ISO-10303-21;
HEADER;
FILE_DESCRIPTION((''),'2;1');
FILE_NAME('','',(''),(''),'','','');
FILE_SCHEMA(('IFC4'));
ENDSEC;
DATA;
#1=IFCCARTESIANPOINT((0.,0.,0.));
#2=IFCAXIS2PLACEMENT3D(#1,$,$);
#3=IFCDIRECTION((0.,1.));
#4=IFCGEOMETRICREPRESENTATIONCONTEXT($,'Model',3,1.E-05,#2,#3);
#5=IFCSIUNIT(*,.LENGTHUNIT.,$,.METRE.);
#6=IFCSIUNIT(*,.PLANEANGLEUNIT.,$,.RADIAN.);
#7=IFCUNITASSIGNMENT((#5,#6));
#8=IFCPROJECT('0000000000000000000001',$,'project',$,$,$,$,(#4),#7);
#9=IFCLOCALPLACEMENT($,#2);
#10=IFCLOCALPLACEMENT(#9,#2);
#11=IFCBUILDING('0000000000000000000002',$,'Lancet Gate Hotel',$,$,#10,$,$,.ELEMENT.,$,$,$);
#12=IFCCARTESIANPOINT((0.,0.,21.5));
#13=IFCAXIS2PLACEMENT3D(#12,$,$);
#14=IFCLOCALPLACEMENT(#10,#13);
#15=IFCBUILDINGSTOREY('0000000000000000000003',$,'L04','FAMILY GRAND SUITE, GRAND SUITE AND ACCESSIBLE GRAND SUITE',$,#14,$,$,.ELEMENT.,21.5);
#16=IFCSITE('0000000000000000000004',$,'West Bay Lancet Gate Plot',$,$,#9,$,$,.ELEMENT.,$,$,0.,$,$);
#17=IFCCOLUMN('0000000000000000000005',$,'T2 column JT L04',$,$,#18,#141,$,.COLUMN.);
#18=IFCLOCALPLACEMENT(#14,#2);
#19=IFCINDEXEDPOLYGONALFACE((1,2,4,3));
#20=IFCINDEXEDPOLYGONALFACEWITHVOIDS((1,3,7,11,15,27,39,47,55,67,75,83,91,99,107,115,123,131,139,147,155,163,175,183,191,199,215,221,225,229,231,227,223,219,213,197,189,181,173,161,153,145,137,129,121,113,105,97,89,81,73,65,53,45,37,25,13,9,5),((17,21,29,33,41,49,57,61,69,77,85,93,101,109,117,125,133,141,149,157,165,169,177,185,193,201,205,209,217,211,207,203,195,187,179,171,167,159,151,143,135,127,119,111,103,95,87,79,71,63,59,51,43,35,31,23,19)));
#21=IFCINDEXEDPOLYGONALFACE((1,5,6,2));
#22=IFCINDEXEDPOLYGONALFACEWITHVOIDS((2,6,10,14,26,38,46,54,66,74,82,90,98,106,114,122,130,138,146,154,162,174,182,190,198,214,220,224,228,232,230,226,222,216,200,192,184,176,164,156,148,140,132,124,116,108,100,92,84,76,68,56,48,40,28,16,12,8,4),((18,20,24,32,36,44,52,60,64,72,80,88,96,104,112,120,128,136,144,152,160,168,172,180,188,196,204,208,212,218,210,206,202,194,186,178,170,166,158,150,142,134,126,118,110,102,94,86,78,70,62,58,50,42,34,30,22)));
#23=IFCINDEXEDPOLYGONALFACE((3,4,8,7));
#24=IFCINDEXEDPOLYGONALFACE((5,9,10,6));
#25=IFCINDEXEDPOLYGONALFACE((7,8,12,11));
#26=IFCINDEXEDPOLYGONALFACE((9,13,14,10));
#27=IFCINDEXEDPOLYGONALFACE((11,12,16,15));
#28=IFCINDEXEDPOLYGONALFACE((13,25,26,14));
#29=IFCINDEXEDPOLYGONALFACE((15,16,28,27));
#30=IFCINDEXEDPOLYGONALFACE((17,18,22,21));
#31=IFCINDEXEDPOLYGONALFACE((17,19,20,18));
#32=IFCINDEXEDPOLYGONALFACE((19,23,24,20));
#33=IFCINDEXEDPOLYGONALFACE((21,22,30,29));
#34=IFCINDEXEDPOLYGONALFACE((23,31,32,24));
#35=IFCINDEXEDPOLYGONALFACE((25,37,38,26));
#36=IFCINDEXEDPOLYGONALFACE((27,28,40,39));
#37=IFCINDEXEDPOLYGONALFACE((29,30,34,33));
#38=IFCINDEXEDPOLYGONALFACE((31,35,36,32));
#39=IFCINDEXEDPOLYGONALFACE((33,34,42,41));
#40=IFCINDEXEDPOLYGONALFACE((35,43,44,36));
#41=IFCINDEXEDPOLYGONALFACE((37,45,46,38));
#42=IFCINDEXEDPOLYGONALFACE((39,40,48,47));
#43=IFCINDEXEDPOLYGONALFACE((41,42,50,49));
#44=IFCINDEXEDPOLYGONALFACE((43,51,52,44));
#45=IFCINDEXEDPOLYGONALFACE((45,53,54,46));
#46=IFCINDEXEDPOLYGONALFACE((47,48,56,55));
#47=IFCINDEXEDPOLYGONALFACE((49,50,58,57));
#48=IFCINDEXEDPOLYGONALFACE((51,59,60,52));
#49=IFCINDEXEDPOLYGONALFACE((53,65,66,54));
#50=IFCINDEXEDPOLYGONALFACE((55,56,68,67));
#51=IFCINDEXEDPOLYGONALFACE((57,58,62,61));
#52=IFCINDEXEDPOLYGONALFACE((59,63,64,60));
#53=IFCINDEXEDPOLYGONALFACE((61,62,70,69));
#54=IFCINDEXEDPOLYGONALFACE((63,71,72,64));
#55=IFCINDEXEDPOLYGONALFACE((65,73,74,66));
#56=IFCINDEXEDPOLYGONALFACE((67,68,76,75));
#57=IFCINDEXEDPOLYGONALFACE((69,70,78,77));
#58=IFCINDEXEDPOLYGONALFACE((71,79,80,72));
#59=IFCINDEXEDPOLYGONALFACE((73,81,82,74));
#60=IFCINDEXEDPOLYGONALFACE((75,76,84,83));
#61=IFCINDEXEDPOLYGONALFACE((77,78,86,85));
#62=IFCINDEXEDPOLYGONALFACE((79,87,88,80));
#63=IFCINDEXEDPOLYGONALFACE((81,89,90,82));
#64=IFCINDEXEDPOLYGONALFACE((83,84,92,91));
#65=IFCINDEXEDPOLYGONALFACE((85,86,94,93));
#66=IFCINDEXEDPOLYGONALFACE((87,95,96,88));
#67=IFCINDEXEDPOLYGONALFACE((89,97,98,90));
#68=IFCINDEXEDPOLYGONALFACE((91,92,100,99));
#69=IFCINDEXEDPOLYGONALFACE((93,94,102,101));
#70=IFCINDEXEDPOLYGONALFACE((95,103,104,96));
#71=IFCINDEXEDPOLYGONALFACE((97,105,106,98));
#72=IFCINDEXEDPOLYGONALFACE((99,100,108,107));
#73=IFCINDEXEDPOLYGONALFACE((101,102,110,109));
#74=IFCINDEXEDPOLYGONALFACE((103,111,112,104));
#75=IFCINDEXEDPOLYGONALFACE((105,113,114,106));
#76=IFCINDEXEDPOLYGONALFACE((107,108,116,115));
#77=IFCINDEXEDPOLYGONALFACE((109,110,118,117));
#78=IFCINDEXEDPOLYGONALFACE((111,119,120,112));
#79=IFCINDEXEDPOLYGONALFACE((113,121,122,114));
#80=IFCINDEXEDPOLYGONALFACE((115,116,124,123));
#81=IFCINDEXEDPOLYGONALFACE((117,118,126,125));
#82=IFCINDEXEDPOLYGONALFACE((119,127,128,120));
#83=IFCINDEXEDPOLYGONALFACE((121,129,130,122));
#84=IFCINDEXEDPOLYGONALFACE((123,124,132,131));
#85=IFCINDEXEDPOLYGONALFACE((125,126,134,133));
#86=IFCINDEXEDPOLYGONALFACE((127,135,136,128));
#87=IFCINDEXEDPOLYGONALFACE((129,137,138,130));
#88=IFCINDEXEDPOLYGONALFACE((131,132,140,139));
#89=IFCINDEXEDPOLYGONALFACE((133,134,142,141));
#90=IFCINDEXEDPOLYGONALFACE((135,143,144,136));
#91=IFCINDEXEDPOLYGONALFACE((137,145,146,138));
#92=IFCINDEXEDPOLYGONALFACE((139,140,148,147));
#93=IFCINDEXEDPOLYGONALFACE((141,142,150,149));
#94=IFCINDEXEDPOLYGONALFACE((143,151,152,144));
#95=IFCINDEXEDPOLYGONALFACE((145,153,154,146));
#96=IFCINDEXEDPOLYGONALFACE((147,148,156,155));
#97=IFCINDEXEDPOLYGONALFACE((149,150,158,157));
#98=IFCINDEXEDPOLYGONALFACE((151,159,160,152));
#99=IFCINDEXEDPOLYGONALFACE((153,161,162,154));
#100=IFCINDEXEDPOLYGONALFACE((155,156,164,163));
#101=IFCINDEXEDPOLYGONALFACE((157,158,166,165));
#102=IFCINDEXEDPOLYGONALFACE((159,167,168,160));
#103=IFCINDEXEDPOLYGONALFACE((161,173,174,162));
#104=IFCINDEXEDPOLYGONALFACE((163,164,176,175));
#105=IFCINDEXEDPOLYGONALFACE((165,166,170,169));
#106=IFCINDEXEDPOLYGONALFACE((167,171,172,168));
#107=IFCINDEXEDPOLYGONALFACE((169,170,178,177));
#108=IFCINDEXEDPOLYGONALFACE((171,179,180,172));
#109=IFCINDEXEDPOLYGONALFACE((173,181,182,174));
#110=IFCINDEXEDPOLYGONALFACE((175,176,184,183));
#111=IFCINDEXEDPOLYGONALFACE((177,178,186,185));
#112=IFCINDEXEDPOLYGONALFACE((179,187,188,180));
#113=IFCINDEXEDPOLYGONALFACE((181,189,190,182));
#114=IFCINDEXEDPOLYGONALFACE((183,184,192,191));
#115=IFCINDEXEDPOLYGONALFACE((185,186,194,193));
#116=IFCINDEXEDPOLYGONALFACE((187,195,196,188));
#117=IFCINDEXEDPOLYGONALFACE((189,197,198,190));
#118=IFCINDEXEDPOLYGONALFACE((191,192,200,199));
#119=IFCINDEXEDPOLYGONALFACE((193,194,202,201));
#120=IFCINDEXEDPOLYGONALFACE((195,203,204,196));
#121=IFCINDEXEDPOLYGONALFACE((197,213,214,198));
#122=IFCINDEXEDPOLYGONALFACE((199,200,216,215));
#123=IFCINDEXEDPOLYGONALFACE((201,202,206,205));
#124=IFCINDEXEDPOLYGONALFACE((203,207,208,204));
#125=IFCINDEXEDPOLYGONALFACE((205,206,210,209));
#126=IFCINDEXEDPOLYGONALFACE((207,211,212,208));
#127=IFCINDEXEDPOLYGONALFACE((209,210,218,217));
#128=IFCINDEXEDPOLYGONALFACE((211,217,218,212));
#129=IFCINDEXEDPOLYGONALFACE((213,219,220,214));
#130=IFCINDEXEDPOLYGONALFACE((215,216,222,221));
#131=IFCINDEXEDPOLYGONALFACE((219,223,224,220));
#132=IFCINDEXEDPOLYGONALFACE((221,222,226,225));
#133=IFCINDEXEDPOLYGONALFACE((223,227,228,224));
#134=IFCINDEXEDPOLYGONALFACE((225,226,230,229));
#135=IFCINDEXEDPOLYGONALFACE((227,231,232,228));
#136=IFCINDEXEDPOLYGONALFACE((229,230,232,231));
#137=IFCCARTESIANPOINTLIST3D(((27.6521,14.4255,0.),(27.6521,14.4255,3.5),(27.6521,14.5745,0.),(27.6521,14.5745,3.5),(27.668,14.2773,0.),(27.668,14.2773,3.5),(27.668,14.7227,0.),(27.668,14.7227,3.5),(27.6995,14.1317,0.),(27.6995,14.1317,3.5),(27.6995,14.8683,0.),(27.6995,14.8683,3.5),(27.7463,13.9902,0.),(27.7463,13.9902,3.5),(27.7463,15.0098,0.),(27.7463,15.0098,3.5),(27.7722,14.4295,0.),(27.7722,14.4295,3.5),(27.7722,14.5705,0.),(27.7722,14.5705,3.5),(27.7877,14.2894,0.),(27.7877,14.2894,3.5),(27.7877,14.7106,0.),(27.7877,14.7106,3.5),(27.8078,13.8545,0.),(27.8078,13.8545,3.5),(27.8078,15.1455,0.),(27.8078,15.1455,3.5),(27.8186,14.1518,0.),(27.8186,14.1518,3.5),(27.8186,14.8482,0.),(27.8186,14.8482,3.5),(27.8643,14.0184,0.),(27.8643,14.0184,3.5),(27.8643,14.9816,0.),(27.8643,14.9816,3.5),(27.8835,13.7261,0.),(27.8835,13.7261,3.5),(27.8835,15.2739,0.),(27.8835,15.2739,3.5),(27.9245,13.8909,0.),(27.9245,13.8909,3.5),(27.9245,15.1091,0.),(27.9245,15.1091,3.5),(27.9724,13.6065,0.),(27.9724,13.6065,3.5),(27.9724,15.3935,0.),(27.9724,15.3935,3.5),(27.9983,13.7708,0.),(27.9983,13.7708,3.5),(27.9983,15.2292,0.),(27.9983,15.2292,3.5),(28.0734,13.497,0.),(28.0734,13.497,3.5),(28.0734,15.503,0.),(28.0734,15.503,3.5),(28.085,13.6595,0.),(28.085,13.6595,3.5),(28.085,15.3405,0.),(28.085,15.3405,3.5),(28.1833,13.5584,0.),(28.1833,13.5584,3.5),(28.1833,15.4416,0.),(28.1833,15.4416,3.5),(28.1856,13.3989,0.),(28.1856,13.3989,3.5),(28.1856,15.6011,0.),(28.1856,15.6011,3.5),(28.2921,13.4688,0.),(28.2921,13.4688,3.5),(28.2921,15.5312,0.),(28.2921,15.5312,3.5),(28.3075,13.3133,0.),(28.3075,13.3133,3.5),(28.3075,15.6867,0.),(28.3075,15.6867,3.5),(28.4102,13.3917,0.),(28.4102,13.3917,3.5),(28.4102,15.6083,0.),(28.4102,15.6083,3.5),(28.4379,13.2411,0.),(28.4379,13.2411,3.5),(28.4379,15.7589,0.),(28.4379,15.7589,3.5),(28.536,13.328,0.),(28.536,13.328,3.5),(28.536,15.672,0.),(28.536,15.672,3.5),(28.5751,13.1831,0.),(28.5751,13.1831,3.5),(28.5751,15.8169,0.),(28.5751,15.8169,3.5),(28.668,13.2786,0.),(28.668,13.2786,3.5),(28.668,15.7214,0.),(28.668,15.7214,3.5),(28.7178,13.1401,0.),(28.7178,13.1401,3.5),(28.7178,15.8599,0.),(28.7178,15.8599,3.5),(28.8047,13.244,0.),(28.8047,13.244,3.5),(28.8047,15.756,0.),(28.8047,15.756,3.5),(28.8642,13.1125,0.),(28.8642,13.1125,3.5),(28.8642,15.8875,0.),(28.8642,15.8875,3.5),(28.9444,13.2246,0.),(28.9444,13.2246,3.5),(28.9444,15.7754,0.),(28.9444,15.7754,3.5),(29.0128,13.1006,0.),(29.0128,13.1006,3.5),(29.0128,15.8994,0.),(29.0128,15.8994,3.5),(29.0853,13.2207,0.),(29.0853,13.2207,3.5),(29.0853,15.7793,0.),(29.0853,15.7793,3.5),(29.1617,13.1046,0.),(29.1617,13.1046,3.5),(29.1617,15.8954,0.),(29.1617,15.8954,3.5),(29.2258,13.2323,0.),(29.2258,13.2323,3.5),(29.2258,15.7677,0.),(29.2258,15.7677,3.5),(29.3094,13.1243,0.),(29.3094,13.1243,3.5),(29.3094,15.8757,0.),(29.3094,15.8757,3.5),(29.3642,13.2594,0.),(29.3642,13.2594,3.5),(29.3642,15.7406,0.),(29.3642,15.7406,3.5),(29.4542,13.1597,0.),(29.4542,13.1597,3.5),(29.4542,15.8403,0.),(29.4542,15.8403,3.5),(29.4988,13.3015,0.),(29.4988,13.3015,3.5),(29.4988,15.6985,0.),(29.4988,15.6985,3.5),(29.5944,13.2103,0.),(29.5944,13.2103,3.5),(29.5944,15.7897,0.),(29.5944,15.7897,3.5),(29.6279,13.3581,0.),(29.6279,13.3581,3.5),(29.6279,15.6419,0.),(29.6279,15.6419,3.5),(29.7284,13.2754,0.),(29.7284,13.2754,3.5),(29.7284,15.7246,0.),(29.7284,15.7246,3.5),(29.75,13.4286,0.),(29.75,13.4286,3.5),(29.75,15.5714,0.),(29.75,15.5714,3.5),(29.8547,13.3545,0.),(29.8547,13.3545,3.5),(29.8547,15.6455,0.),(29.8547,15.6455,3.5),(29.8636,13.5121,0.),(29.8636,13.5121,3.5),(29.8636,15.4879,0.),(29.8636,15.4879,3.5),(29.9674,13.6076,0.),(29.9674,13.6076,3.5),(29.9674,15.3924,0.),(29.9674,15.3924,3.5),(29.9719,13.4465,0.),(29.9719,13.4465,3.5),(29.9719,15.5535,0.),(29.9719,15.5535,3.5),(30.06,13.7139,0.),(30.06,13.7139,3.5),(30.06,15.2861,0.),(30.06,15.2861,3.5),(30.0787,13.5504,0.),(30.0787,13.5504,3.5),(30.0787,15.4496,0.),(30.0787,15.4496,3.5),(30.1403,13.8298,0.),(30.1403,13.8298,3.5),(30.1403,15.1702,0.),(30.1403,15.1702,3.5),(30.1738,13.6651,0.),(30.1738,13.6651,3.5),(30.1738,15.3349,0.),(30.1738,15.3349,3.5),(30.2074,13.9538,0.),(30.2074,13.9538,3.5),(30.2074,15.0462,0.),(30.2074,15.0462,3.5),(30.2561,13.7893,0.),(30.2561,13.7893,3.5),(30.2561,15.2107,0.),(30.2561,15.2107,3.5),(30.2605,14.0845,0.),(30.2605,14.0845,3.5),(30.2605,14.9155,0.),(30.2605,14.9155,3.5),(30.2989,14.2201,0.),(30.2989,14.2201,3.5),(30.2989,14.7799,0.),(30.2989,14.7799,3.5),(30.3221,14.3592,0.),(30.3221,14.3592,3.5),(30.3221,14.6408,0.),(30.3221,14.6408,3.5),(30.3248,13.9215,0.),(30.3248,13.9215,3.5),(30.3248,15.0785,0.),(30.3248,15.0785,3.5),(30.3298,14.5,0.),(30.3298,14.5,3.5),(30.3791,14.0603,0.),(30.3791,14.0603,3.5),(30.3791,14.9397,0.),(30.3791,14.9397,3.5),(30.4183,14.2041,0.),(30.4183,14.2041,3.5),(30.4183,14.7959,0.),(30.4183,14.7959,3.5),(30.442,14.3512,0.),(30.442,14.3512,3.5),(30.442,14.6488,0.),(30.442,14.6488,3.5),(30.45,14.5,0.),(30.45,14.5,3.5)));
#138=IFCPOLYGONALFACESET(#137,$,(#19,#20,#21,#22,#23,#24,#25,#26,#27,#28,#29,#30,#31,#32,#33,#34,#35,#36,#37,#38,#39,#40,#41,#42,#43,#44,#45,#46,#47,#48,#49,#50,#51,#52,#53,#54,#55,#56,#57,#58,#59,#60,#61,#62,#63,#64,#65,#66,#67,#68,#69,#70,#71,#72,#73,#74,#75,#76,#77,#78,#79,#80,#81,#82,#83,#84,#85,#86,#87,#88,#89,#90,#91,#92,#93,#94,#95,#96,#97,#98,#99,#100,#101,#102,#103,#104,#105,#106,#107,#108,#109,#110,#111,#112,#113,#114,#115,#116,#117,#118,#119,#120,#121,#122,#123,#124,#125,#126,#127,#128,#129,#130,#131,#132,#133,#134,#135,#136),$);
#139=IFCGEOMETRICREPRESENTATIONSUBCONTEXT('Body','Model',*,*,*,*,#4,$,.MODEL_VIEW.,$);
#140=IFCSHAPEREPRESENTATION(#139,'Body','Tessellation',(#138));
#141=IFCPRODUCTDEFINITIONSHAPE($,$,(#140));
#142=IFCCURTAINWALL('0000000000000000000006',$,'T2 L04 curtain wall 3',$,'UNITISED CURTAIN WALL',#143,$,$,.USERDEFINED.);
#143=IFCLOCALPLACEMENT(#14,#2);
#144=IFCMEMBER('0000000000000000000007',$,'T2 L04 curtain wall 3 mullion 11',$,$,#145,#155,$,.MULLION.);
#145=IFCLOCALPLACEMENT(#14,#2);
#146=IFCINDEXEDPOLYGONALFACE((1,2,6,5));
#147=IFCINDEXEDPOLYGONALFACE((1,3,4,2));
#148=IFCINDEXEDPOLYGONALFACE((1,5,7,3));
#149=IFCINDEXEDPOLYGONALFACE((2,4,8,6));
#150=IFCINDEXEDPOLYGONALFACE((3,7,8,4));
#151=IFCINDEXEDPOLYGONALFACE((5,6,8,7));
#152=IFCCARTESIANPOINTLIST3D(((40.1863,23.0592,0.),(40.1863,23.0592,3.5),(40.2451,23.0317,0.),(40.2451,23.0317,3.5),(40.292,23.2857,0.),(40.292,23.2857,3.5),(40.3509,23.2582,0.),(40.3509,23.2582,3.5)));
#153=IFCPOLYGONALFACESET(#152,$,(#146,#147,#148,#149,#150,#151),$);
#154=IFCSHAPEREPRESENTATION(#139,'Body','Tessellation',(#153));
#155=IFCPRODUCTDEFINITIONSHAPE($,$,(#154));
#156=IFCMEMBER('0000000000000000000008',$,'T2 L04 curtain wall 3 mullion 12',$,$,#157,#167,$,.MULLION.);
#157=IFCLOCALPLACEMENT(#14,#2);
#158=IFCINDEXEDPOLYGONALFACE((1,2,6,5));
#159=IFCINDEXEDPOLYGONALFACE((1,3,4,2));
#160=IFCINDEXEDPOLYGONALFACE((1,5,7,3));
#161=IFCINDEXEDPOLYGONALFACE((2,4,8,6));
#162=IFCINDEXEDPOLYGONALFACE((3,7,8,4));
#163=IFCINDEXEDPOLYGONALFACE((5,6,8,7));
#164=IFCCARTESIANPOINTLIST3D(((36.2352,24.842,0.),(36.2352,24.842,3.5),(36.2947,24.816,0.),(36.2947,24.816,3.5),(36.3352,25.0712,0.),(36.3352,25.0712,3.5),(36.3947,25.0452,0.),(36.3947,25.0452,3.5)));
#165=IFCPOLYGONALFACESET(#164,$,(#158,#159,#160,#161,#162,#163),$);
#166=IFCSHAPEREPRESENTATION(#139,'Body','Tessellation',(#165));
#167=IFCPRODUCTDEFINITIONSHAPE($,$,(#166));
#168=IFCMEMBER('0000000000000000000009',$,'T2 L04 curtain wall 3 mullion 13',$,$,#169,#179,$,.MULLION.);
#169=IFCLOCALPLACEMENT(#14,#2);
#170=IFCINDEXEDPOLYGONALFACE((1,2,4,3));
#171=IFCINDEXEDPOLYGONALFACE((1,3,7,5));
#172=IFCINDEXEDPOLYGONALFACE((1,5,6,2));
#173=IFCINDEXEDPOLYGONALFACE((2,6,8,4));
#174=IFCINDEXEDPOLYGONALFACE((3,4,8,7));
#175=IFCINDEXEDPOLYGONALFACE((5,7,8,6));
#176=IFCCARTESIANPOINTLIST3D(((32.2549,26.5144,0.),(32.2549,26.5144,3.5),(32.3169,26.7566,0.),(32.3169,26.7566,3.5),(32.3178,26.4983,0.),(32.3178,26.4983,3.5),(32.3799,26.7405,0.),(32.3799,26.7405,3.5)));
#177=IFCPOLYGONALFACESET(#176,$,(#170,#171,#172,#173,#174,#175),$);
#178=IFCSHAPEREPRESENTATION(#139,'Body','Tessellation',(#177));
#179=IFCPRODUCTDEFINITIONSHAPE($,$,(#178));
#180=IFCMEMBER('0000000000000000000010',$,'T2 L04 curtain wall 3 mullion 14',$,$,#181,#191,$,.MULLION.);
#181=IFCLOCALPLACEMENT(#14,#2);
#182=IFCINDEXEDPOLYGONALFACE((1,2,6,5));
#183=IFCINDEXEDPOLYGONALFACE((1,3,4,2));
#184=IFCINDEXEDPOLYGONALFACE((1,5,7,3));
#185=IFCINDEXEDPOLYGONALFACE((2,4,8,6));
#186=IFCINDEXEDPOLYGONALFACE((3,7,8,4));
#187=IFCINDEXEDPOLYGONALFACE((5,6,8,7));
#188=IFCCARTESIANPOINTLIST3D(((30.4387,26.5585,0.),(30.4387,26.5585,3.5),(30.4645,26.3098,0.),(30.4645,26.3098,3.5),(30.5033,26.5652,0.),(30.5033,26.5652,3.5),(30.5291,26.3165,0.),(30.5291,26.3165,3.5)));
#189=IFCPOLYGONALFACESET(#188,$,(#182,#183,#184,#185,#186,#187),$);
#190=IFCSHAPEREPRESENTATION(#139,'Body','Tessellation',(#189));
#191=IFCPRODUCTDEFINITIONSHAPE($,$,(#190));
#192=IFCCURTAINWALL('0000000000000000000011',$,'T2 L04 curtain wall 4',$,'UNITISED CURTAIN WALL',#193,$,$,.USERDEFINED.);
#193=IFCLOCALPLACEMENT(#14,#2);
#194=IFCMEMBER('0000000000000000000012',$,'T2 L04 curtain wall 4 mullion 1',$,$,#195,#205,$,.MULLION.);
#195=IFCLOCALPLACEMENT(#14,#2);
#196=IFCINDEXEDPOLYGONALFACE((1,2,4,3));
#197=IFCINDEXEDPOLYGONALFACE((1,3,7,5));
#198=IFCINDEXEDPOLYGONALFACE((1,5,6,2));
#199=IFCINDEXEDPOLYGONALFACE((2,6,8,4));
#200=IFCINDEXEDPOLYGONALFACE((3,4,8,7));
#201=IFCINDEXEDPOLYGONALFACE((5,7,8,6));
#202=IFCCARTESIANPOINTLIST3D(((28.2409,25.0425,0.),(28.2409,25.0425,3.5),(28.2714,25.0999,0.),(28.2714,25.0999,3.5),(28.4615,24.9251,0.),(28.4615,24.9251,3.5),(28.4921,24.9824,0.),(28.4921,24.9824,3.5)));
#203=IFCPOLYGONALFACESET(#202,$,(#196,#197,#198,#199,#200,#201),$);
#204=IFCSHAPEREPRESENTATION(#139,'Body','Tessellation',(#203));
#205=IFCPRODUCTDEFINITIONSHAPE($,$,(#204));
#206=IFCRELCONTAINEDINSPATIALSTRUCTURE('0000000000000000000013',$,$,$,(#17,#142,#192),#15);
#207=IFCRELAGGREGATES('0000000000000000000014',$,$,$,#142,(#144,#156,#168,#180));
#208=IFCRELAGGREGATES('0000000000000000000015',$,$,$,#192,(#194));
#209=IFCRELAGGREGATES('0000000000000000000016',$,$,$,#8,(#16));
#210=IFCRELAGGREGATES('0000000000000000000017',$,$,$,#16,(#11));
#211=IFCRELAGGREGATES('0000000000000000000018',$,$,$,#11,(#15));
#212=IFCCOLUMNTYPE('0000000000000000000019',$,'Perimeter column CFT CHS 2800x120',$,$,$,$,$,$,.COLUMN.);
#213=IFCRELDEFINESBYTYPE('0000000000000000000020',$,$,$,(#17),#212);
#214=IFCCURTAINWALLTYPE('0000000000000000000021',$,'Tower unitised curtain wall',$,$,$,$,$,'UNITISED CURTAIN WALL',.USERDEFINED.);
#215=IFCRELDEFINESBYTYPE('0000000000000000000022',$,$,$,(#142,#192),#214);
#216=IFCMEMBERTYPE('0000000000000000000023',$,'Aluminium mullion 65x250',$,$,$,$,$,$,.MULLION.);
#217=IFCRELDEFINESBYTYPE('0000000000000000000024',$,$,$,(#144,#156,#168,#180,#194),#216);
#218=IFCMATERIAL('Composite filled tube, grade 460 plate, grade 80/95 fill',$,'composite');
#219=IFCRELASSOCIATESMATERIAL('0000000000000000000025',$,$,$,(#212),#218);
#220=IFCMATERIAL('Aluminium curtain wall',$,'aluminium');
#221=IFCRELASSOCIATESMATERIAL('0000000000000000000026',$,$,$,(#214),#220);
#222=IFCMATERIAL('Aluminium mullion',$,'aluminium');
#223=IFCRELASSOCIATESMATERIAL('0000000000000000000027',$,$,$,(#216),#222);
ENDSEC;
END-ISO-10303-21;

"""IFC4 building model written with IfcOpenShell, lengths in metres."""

from ifc_helpers import new_model, si_unit, direction, frame, origin, origin_2d, place, context, subcontext, project, spatial, rectangle, hollow_circle, extrude, material, material_profile, profile_set, type_object, element, aggregate, save


model = new_model("IFC4")

# Units and contexts
model_context = context("Model", 3, precision=1e-05, world=origin(), true_north=direction((0.0, 1.0)))
body_context = subcontext(model_context, "Body", "Model", "MODEL_VIEW")
ifc_project = project(units=[si_unit("LENGTHUNIT", "METRE"), si_unit("PLANEANGLEUNIT", "RADIAN")], contexts=[model_context])

# Site, building, storey
site_placement = place(None, origin())
site = spatial("IfcSite", under=ifc_project, at=site_placement, Name="West Bay Lancet Gate Plot", CompositionType="ELEMENT", RefElevation=0.0)
building_placement = place(site_placement, origin())
building = spatial("IfcBuilding", under=site, at=building_placement, Name="Lancet Gate Hotel", CompositionType="ELEMENT")
storey_placement = place(building_placement, frame((0.0, 0.0, 21.5)))
storey = spatial("IfcBuildingStorey", under=building, at=storey_placement, Name="L04", Description="FAMILY GRAND SUITE, GRAND SUITE AND ACCESSIBLE GRAND SUITE", CompositionType="ELEMENT", Elevation=21.5)

# Column
ifc_material_1 = material(Name="Composite filled tube, grade 460 plate, grade 80/95 fill", Category="composite")
ifc_material_profile_1 = material_profile(ifc_material_1, hollow_circle(Radius=1.3999, WallThickness=0.1201, at=origin_2d()), Name="CHS 2800x120")
ifc_profile_set_1 = profile_set([ifc_material_profile_1], Name="Composite filled tube, grade 460 plate, grade 80/95 fill")
column_type = type_object("IfcColumnType", Name="Perimeter column CFT CHS 2800x120", PredefinedType="COLUMN", material=ifc_profile_set_1)
for number, where, z_axis, x_axis, name in (
    (1, (29.05, 14.5, 0.0), (0.0, 0.0, 1.0), (1.0, 0.0, 0.0), "T2 column JT L04"),
):
    element("IfcColumn", number, at=place(storey_placement, frame(where, z_axis=z_axis, x_axis=x_axis)), inside=storey, type_object=column_type, Name=name, PredefinedType="COLUMN", context=body_context, shape_type="SweptSolid", body=[
        extrude(hollow_circle(Radius=1.3999, WallThickness=0.1201, at=origin_2d()), origin(), (0.0, 0.0, 1.0), 3.5),
    ])

# Curtain walls, members
ifc_material_2 = material(Name="Aluminium curtain wall", Category="aluminium")
curtain_wall_type = type_object("IfcCurtainWallType", Name="Tower unitised curtain wall", ElementType="UNITISED CURTAIN WALL", PredefinedType="USERDEFINED", material=ifc_material_2)
curtain_wall_1_placement = place(storey_placement, origin())
curtain_wall_1 = element("IfcCurtainWall", 2, at=curtain_wall_1_placement, inside=storey, type_object=curtain_wall_type, Name="T2 L04 curtain wall 3", ObjectType="UNITISED CURTAIN WALL", PredefinedType="USERDEFINED")
ifc_material_3 = material(Name="Aluminium mullion", Category="aluminium")
ifc_material_profile_2 = material_profile(ifc_material_3, rectangle(XDim=0.0649, YDim=0.25, at=origin_2d()), Name="MULLION 65x250")
ifc_profile_set_2 = profile_set([ifc_material_profile_2], Name="Aluminium mullion")
member_type_1 = type_object("IfcMemberType", Name="Aluminium mullion 65x250", PredefinedType="MULLION", material=ifc_profile_set_2)
member_1_placement = place(storey_placement, frame((40.2686, 23.1587, 0.0), z_axis=(0.0, 0.0, 1.0), x_axis=(-0.906105, 0.423053, 0.0)))
member_1 = element("IfcMember", 3, at=member_1_placement, type_object=member_type_1, Name="T2 L04 curtain wall 3 mullion 11", PredefinedType="MULLION", context=body_context, shape_type="SweptSolid", body=[
    extrude(rectangle(XDim=0.0649, YDim=0.25, at=origin_2d()), origin(), (0.0, 0.0, 1.0), 3.5),
])
member_2_placement = place(storey_placement, frame((36.3149, 24.9436, 0.0), z_axis=(0.0, 0.0, 1.0), x_axis=(-0.916579, 0.399854, 0.0)))
member_2 = element("IfcMember", 4, at=member_2_placement, type_object=member_type_1, Name="T2 L04 curtain wall 3 mullion 12", PredefinedType="MULLION", context=body_context, shape_type="SweptSolid", body=[
    extrude(rectangle(XDim=0.0649, YDim=0.25, at=origin_2d()), origin(), (0.0, 0.0, 1.0), 3.5),
])
member_3_placement = place(storey_placement, frame((32.3174, 26.6274, 0.0), z_axis=(0.0, 0.0, 1.0), x_axis=(-0.968721, 0.24815, 0.0)))
member_3 = element("IfcMember", 5, at=member_3_placement, type_object=member_type_1, Name="T2 L04 curtain wall 3 mullion 13", PredefinedType="MULLION", context=body_context, shape_type="SweptSolid", body=[
    extrude(rectangle(XDim=0.0649, YDim=0.25, at=origin_2d()), origin(), (0.0, 0.0, 1.0), 3.5),
])
member_4_placement = place(storey_placement, frame((30.4839, 26.4375, 0.0), z_axis=(0.0, 0.0, 1.0), x_axis=(-0.994672, -0.103088, 0.0)))
member_4 = element("IfcMember", 6, at=member_4_placement, type_object=member_type_1, Name="T2 L04 curtain wall 3 mullion 14", PredefinedType="MULLION", context=body_context, shape_type="SweptSolid", body=[
    extrude(rectangle(XDim=0.0649, YDim=0.25, at=origin_2d()), origin(), (0.0, 0.0, 1.0), 3.5),
])
curtain_wall_2_placement = place(storey_placement, origin())
curtain_wall_2 = element("IfcCurtainWall", 7, at=curtain_wall_2_placement, inside=storey, type_object=curtain_wall_type, Name="T2 L04 curtain wall 4", ObjectType="UNITISED CURTAIN WALL", PredefinedType="USERDEFINED")
member_5_placement = place(storey_placement, frame((28.3665, 25.0125, 0.0), z_axis=(0.0, 0.0, 1.0), x_axis=(-0.469898, -0.882721, 0.0)))
member_5 = element("IfcMember", 8, at=member_5_placement, type_object=member_type_1, Name="T2 L04 curtain wall 4 mullion 1", PredefinedType="MULLION", context=body_context, shape_type="SweptSolid", body=[
    extrude(rectangle(XDim=0.0649, YDim=0.25, at=origin_2d()), origin(), (0.0, 0.0, 1.0), 3.5),
])

aggregate(curtain_wall_1, [member_1, member_2, member_3, member_4])
aggregate(curtain_wall_2, [member_5])

save(model, "model.ifc")
